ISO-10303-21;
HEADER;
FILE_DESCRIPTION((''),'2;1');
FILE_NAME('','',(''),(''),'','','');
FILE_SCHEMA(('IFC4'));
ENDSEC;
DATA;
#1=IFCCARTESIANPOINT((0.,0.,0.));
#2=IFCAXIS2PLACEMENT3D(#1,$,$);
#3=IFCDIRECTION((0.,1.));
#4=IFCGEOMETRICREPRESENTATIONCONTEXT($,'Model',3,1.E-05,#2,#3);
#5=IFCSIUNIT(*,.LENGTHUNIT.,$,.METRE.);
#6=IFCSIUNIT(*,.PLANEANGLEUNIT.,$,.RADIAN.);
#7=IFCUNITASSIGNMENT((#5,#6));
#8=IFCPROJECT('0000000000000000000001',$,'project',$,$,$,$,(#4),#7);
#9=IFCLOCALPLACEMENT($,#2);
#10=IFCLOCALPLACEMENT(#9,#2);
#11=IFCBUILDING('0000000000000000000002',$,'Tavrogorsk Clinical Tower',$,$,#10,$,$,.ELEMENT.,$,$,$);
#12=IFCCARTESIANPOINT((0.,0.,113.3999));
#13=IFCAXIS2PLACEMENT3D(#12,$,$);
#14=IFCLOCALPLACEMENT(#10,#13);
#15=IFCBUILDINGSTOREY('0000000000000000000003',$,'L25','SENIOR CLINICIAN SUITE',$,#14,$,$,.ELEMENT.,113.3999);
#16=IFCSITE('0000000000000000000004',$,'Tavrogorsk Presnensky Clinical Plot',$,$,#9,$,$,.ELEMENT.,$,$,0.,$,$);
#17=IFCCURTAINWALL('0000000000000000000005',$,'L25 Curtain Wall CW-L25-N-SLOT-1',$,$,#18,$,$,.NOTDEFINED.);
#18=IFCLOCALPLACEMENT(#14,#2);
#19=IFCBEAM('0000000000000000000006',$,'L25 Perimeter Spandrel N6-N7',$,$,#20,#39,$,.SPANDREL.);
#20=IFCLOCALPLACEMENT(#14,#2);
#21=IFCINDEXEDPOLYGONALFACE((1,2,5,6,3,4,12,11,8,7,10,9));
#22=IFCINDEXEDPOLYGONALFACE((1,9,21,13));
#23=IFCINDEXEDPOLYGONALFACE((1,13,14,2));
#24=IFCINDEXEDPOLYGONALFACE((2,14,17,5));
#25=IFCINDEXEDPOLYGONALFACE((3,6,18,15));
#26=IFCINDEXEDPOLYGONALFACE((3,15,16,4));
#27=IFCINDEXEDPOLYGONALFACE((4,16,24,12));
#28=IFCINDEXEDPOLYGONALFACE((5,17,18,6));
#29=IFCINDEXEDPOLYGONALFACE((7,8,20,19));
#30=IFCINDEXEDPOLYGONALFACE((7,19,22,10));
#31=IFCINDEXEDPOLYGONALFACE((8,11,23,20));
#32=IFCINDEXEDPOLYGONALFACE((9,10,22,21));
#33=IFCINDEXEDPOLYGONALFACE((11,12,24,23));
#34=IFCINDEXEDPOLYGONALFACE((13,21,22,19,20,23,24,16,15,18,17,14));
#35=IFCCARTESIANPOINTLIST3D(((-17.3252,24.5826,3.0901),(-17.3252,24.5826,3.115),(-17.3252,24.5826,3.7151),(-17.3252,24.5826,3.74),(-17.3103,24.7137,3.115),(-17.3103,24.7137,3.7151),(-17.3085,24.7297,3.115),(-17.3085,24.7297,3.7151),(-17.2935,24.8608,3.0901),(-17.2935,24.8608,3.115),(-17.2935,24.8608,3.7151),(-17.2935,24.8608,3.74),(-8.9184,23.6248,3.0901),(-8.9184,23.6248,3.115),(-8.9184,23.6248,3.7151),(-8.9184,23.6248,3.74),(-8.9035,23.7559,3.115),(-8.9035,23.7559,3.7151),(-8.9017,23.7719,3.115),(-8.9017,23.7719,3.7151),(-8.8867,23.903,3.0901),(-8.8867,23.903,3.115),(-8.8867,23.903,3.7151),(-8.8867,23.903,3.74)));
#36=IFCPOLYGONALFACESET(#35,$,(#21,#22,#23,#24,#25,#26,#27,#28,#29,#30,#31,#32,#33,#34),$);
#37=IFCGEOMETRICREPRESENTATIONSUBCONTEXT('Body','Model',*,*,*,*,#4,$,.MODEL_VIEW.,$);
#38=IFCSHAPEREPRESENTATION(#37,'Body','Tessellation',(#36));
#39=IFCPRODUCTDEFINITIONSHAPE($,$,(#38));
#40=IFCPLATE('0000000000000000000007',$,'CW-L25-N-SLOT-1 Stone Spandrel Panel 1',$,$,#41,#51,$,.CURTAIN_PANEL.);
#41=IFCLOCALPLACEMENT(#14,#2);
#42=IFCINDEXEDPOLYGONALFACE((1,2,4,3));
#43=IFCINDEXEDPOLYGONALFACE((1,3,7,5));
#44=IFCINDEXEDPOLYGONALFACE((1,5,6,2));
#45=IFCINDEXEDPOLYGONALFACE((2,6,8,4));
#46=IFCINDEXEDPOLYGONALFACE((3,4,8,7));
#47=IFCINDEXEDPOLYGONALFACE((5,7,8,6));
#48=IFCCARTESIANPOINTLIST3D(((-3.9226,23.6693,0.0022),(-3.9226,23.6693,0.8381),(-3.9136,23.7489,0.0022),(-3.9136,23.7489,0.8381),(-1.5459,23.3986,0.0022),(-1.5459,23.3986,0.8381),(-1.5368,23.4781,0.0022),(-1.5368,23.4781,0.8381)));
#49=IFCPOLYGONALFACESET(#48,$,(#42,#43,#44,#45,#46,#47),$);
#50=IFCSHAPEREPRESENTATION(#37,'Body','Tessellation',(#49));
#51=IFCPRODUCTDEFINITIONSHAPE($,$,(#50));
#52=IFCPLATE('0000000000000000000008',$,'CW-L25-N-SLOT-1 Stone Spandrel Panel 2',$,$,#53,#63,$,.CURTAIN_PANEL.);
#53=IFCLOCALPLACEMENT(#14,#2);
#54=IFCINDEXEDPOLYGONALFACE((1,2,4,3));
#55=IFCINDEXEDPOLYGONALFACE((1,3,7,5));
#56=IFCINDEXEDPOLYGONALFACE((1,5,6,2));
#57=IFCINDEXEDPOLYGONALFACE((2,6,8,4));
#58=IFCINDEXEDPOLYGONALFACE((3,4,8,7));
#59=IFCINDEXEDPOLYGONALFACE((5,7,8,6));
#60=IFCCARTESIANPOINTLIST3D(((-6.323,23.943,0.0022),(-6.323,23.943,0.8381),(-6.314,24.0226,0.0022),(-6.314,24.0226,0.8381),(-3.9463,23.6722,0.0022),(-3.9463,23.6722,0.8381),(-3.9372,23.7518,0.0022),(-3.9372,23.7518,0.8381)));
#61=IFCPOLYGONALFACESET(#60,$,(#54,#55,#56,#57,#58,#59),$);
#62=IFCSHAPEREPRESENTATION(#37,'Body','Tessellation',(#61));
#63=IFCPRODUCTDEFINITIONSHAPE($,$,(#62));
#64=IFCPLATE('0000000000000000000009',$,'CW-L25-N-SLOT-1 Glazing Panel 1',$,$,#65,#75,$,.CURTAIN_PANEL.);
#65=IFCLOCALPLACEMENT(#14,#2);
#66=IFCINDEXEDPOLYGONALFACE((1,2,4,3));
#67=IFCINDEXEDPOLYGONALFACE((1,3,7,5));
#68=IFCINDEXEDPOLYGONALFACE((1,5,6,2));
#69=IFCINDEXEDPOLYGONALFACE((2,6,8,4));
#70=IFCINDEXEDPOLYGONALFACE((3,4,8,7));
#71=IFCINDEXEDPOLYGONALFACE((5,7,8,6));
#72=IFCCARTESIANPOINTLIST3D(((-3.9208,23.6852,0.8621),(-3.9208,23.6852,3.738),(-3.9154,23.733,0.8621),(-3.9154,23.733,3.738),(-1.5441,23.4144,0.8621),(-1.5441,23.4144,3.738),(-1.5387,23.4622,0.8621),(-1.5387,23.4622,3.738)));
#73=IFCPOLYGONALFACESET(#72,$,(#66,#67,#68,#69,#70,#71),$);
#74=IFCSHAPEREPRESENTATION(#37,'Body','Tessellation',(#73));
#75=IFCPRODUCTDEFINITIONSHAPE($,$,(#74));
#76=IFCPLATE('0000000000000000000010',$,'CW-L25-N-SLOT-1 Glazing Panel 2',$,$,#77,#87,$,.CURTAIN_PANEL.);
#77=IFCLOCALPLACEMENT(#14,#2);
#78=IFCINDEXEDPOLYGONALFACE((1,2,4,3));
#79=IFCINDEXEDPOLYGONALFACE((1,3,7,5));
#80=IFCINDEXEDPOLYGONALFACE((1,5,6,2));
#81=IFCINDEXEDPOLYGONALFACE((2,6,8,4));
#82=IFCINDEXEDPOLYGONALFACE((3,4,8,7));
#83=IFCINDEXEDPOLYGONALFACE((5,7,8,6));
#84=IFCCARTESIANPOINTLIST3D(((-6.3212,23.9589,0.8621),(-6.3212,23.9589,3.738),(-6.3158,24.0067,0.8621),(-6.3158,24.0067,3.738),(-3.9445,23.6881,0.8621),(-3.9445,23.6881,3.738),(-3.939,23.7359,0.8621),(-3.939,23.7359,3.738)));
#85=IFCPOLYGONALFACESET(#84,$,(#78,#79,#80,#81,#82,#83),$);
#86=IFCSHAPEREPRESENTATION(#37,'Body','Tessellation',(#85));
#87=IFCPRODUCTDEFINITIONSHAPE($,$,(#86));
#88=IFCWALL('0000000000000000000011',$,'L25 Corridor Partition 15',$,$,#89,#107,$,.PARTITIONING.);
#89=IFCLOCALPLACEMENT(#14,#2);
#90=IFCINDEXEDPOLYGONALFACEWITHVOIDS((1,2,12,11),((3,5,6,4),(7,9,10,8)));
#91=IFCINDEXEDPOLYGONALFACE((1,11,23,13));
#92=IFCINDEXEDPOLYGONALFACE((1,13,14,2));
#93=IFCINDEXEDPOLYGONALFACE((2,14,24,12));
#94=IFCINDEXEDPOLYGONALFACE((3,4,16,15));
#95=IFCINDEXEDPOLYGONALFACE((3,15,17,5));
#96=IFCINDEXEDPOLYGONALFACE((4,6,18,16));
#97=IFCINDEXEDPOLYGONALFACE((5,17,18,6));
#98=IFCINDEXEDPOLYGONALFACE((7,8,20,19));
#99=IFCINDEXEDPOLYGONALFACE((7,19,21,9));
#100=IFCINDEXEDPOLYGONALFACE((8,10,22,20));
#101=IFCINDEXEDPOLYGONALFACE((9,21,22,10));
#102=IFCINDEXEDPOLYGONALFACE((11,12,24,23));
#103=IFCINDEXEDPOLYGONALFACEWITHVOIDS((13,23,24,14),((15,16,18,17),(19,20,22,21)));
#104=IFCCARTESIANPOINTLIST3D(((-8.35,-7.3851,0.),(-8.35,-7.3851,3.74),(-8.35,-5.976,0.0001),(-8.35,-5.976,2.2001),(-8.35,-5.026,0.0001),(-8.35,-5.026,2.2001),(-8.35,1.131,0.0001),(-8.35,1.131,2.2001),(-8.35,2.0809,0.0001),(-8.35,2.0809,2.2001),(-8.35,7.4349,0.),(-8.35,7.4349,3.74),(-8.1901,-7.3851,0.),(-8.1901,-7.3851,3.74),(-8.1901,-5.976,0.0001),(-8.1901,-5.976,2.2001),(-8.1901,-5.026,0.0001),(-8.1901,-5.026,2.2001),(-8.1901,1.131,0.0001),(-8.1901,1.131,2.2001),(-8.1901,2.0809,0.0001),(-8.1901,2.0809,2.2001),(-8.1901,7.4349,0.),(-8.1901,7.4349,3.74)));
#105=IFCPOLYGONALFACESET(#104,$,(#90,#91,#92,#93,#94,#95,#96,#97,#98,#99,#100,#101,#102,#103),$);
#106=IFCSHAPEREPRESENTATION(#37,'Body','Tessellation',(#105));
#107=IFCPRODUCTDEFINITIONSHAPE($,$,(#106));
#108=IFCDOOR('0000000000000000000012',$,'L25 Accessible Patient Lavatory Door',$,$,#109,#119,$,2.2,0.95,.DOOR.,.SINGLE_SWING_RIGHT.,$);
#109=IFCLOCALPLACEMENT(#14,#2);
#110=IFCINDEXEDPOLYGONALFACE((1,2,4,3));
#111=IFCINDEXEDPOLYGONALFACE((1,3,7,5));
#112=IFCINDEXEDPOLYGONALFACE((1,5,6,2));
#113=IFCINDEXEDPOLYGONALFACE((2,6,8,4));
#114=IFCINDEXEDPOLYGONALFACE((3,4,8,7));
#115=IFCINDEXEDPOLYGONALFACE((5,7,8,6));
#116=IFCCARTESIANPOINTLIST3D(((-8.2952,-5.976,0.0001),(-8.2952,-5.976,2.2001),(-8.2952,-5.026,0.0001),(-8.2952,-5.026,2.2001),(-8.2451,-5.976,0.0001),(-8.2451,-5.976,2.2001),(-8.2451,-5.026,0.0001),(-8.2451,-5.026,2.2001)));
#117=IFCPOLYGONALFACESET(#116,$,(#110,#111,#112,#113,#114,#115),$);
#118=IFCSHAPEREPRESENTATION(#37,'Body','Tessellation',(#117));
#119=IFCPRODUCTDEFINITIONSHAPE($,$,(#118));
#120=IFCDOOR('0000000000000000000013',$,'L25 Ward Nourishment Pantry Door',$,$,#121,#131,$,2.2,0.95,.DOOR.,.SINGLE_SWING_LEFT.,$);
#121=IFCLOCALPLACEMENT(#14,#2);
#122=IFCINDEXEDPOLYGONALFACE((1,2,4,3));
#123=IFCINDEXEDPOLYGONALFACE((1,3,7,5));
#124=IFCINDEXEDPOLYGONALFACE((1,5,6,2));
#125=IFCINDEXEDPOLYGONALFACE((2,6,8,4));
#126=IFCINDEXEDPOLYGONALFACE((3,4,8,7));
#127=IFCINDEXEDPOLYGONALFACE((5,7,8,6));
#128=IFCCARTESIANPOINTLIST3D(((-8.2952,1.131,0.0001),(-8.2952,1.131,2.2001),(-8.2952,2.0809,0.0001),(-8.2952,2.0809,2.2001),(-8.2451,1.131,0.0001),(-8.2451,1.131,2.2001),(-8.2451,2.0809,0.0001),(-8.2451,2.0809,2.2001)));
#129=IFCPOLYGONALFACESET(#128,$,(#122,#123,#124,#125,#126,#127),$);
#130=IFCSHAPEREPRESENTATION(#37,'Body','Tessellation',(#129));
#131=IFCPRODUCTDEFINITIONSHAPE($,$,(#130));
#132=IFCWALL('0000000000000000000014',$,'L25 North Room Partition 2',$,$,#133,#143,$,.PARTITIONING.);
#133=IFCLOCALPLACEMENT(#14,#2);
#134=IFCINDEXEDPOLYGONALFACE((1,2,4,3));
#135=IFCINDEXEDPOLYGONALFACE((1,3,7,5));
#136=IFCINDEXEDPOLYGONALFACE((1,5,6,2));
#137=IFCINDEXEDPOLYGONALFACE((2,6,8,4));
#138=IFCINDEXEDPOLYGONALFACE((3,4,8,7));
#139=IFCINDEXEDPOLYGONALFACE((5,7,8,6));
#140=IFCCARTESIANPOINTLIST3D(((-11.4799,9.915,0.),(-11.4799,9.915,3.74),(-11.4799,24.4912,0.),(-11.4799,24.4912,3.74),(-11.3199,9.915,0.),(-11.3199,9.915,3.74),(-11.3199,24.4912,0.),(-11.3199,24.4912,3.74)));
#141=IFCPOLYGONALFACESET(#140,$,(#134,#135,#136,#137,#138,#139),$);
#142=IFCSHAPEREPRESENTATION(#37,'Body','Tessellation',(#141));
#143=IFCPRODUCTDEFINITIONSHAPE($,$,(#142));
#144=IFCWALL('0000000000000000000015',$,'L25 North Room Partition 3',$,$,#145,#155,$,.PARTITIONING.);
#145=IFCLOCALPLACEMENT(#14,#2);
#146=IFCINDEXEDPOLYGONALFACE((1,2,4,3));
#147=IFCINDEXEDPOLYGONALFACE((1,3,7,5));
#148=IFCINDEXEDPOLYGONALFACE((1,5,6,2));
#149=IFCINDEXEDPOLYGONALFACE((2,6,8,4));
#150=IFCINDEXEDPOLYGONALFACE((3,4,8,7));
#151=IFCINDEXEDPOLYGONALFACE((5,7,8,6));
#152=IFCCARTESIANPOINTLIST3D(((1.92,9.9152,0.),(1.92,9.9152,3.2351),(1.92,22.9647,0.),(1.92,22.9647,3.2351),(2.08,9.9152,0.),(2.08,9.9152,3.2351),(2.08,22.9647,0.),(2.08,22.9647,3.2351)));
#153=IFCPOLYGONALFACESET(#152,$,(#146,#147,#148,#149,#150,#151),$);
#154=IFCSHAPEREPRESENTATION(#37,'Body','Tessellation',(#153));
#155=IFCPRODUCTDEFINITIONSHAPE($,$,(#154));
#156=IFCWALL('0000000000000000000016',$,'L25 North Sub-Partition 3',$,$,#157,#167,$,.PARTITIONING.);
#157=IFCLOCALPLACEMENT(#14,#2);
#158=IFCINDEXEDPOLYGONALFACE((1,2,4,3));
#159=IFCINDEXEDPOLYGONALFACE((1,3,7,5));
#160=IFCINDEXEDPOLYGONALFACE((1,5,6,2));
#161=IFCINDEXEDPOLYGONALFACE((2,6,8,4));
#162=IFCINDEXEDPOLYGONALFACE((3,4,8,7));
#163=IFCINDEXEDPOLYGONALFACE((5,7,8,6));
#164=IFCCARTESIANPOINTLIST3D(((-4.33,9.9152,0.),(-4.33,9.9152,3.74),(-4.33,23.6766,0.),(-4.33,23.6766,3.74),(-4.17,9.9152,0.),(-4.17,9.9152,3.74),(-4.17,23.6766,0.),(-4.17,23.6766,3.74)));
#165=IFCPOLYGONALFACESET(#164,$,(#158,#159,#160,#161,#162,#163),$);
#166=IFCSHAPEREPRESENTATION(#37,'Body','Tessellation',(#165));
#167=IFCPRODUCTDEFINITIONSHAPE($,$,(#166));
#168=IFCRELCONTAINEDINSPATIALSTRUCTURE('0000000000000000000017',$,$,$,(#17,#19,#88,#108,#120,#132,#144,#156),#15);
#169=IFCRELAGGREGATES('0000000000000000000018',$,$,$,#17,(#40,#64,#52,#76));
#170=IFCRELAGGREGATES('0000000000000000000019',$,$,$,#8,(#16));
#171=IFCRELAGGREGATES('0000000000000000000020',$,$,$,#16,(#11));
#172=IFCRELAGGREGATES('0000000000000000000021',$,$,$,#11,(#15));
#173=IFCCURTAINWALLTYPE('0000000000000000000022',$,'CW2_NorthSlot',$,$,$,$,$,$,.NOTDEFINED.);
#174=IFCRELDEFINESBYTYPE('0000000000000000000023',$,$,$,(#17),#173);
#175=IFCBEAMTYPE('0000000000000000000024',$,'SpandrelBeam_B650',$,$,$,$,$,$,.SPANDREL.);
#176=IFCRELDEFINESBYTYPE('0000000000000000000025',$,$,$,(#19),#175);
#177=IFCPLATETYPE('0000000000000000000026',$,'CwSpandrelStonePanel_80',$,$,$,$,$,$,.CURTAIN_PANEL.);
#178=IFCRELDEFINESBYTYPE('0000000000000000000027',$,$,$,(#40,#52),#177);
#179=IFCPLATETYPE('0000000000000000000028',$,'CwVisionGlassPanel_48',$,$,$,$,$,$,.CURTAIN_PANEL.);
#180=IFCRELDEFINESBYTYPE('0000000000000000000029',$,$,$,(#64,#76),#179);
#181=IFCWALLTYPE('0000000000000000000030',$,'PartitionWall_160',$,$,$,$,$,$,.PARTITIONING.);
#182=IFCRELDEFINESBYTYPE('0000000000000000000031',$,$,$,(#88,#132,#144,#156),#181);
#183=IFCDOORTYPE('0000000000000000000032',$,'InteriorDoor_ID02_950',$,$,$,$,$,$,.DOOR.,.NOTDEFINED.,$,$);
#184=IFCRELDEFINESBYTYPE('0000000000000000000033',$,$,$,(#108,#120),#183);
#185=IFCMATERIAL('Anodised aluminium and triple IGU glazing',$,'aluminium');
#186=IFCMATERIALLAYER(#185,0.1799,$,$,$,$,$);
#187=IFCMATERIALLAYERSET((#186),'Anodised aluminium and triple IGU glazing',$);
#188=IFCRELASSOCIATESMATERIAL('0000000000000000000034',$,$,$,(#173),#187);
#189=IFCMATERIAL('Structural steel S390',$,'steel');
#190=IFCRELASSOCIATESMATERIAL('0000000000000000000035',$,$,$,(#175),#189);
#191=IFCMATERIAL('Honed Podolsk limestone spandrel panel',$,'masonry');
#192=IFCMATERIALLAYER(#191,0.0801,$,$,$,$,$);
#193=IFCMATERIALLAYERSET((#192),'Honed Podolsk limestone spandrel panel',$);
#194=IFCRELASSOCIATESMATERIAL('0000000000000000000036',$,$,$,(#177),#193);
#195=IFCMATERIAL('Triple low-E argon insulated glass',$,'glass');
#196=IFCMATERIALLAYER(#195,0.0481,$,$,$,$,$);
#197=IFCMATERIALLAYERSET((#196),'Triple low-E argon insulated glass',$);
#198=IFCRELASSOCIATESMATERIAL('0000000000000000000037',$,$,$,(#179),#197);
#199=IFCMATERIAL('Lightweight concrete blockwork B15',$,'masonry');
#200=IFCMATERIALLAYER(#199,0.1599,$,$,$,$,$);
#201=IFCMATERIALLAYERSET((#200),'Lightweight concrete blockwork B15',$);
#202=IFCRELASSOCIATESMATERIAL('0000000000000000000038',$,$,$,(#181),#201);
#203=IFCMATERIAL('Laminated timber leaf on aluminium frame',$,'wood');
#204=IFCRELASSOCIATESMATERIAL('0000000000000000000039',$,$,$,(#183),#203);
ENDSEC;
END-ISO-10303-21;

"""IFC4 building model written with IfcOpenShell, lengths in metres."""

from ifc_helpers import new_model, si_unit, direction, frame, frame_2d, origin, origin_2d, place, context, subcontext, project, spatial, rectangle, i_section, extrude, material, layer, layer_set, material_profile, profile_set, type_object, element, fill, aggregate, save


model = new_model("IFC4")

# Units and contexts
model_context = context("Model", 3, precision=1e-05, world=origin(), true_north=direction((0.0, 1.0)))
body_context = subcontext(model_context, "Body", "Model", "MODEL_VIEW")
ifc_project = project(units=[si_unit("LENGTHUNIT", "METRE"), si_unit("PLANEANGLEUNIT", "RADIAN")], contexts=[model_context])

# Site, building, storey
site_placement = place(None, origin())
site = spatial("IfcSite", under=ifc_project, at=site_placement, Name="Tavrogorsk Presnensky Clinical Plot", CompositionType="ELEMENT", RefElevation=0.0)
building_placement = place(site_placement, origin())
building = spatial("IfcBuilding", under=site, at=building_placement, Name="Tavrogorsk Clinical Tower", CompositionType="ELEMENT")
storey_placement = place(building_placement, frame((0.0, 0.0, 113.3999)))
storey = spatial("IfcBuildingStorey", under=building, at=storey_placement, Name="L25", Description="SENIOR CLINICIAN SUITE", CompositionType="ELEMENT", Elevation=113.3999)

# Curtain wall
ifc_material_1 = material(Name="Anodised aluminium and triple IGU glazing", Category="aluminium")
ifc_layer_1 = layer(ifc_material_1, 0.1799)
ifc_layer_set_1 = layer_set([ifc_layer_1], Name="Anodised aluminium and triple IGU glazing")
curtain_wall_type = type_object("IfcCurtainWallType", Name="CW2_NorthSlot", PredefinedType="NOTDEFINED", material=ifc_layer_set_1)
curtain_wall_placement = place(storey_placement, origin())
curtain_wall = element("IfcCurtainWall", 1, at=curtain_wall_placement, inside=storey, type_object=curtain_wall_type, Name="L25 Curtain Wall CW-L25-N-SLOT-1", PredefinedType="NOTDEFINED")

# Beam
ifc_material_2 = material(Name="Structural steel S390", Category="steel")
ifc_material_profile_1 = material_profile(ifc_material_2, i_section(OverallWidth=0.28, OverallDepth=0.6499, WebThickness=0.0161, FlangeThickness=0.0249, at=origin_2d()), Name="B-650x280x16x25")
ifc_profile_set_1 = profile_set([ifc_material_profile_1], Name="Structural steel S390")
beam_type_1 = type_object("IfcBeamType", Name="SpandrelBeam_B650", PredefinedType="SPANDREL", material=ifc_profile_set_1)
beam_1_placement = place(storey_placement, frame((-8.9026, 23.7639, 3.415), z_axis=(-0.993573, 0.113196, 0.0), x_axis=(-0.113196, -0.993573, 0.0)))
element("IfcBeam", 2, at=beam_1_placement, inside=storey, type_object=beam_type_1, Name="L25 Perimeter Spandrel N6-N7", PredefinedType="SPANDREL", context=body_context, shape_type="SweptSolid", body=[
    extrude(i_section(OverallWidth=0.28, OverallDepth=0.6499, WebThickness=0.0161, FlangeThickness=0.0249, at=origin_2d()), origin(), (0.0, 0.0, 1.0), 8.4612),
])

# Plates
ifc_material_3 = material(Name="Honed Podolsk limestone spandrel panel", Category="masonry")
ifc_layer_2 = layer(ifc_material_3, 0.0801)
ifc_layer_set_2 = layer_set([ifc_layer_2], Name="Honed Podolsk limestone spandrel panel")
plate_type_1 = type_object("IfcPlateType", Name="CwSpandrelStonePanel_80", PredefinedType="CURTAIN_PANEL", material=ifc_layer_set_2)
plate_1_placement = place(storey_placement, frame((-2.7297, 23.5737, 0.0022), z_axis=(0.0, 0.0, 1.0), x_axis=(-0.993572, 0.113203, 0.0)))
plate_1 = element("IfcPlate", 3, at=plate_1_placement, type_object=plate_type_1, Name="CW-L25-N-SLOT-1 Stone Spandrel Panel 1", PredefinedType="CURTAIN_PANEL", context=body_context, shape_type="SweptSolid", body=[
    extrude(rectangle(XDim=2.3921, YDim=0.0801, at=origin_2d()), origin(), (0.0, 0.0, 1.0), 0.8359),
])
plate_2_placement = place(storey_placement, frame((-5.1301, 23.8474, 0.0022), z_axis=(0.0, 0.0, 1.0), x_axis=(-0.993572, 0.113203, 0.0)))
plate_2 = element("IfcPlate", 4, at=plate_2_placement, type_object=plate_type_1, Name="CW-L25-N-SLOT-1 Stone Spandrel Panel 2", PredefinedType="CURTAIN_PANEL", context=body_context, shape_type="SweptSolid", body=[
    extrude(rectangle(XDim=2.3921, YDim=0.0801, at=origin_2d()), origin(), (0.0, 0.0, 1.0), 0.8359),
])
ifc_material_4 = material(Name="Triple low-E argon insulated glass", Category="glass")
ifc_layer_3 = layer(ifc_material_4, 0.0481)
ifc_layer_set_3 = layer_set([ifc_layer_3], Name="Triple low-E argon insulated glass")
plate_type_2 = type_object("IfcPlateType", Name="CwVisionGlassPanel_48", PredefinedType="CURTAIN_PANEL", material=ifc_layer_set_3)
plate_3_placement = place(storey_placement, frame((-2.7297, 23.5737, 0.8621), z_axis=(0.0, 0.0, 1.0), x_axis=(-0.993572, 0.113203, 0.0)))
plate_3 = element("IfcPlate", 5, at=plate_3_placement, type_object=plate_type_2, Name="CW-L25-N-SLOT-1 Glazing Panel 1", PredefinedType="CURTAIN_PANEL", context=body_context, shape_type="SweptSolid", body=[
    extrude(rectangle(XDim=2.3921, YDim=0.0481, at=origin_2d()), origin(), (0.0, 0.0, 1.0), 2.876),
])
plate_4_placement = place(storey_placement, frame((-5.1301, 23.8474, 0.8621), z_axis=(0.0, 0.0, 1.0), x_axis=(-0.993572, 0.113203, 0.0)))
plate_4 = element("IfcPlate", 6, at=plate_4_placement, type_object=plate_type_2, Name="CW-L25-N-SLOT-1 Glazing Panel 2", PredefinedType="CURTAIN_PANEL", context=body_context, shape_type="SweptSolid", body=[
    extrude(rectangle(XDim=2.3921, YDim=0.0481, at=origin_2d()), origin(), (0.0, 0.0, 1.0), 2.876),
])
aggregate(curtain_wall, [plate_1, plate_3, plate_2, plate_4])

# Wall, openings, doors
ifc_material_5 = material(Name="Lightweight concrete blockwork B15", Category="masonry")
ifc_layer_4 = layer(ifc_material_5, 0.1599)
ifc_layer_set_4 = layer_set([ifc_layer_4], Name="Lightweight concrete blockwork B15")
wall_type_1 = type_object("IfcWallType", Name="PartitionWall_160", PredefinedType="PARTITIONING", material=ifc_layer_set_4)
wall_1_placement = place(storey_placement, frame((-8.27, 7.4351, 0.0), z_axis=(0.0, 0.0, 1.0), x_axis=(0.0, -1.0, 0.0)))
wall_1 = element("IfcWall", 7, at=wall_1_placement, inside=storey, type_object=wall_type_1, Name="L25 Corridor Partition 15", PredefinedType="PARTITIONING", context=body_context, shape_type="SweptSolid", body=[
    extrude(rectangle(XDim=14.8201, YDim=0.1599, at=frame_2d((7.4102, 0.0))), origin(), (0.0, 0.0, 1.0), 3.74),
])
opening_1_placement = place(wall_1_placement, frame((12.4609, 0.0, 0.0)))
opening_1 = element("IfcOpeningElement", 8, at=opening_1_placement, cuts=wall_1, PredefinedType="OPENING", context=body_context, shape_type="SweptSolid", body=[
    extrude(rectangle(XDim=0.95, YDim=2.2, at=frame_2d((0.4751, 1.1001))), frame((0.0, 0.0898, 0.0), z_axis=(0.0, -1.0, 0.0), x_axis=(1.0, 0.0, 0.0)), (0.0, 0.0, 1.0), 0.1799),
])
opening_2_placement = place(wall_1_placement, frame((5.354, 0.0, 0.0)))
opening_2 = element("IfcOpeningElement", 9, at=opening_2_placement, cuts=wall_1, PredefinedType="OPENING", context=body_context, shape_type="SweptSolid", body=[
    extrude(rectangle(XDim=0.95, YDim=2.2, at=frame_2d((0.4751, 1.1001))), frame((0.0, 0.0898, 0.0), z_axis=(0.0, -1.0, 0.0), x_axis=(1.0, 0.0, 0.0)), (0.0, 0.0, 1.0), 0.1799),
])
ifc_material_6 = material(Name="Laminated timber leaf on aluminium frame", Category="wood")
door_type = type_object("IfcDoorType", Name="InteriorDoor_ID02_950", OperationType="NOTDEFINED", PredefinedType="DOOR", material=ifc_material_6)
door_1_placement = place(opening_1_placement, origin())
door_1 = element("IfcDoor", 10, at=door_1_placement, inside=storey, type_object=door_type, Name="L25 Accessible Patient Lavatory Door", OperationType="SINGLE_SWING_RIGHT", OverallHeight=2.2, OverallWidth=0.95, PredefinedType="DOOR", context=body_context, shape_type="SweptSolid", body=[
    extrude(rectangle(XDim=0.95, YDim=2.2, at=frame_2d((0.4751, 1.1001))), frame((0.0, 0.0249, 0.0), z_axis=(0.0, -1.0, 0.0), x_axis=(1.0, 0.0, 0.0)), (0.0, 0.0, 1.0), 0.05),
])
fill(opening_1, door_1)
door_2_placement = place(opening_2_placement, origin())
door_2 = element("IfcDoor", 11, at=door_2_placement, inside=storey, type_object=door_type, Name="L25 Ward Nourishment Pantry Door", OperationType="SINGLE_SWING_LEFT", OverallHeight=2.2, OverallWidth=0.95, PredefinedType="DOOR", context=body_context, shape_type="SweptSolid", body=[
    extrude(rectangle(XDim=0.95, YDim=2.2, at=frame_2d((0.4751, 1.1001))), frame((0.0, 0.0249, 0.0), z_axis=(0.0, -1.0, 0.0), x_axis=(1.0, 0.0, 0.0)), (0.0, 0.0, 1.0), 0.05),
])
fill(opening_2, door_2)

# Walls
wall_2_placement = place(storey_placement, frame((-11.3999, 9.915, 0.0), z_axis=(0.0, 0.0, 1.0), x_axis=(0.0, 1.0, 0.0)))
element("IfcWall", 12, at=wall_2_placement, inside=storey, type_object=wall_type_1, Name="L25 North Room Partition 2", PredefinedType="PARTITIONING", context=body_context, shape_type="SweptSolid", body=[
    extrude(rectangle(XDim=14.5762, YDim=0.1599, at=frame_2d((7.2881, 0.0))), origin(), (0.0, 0.0, 1.0), 3.74),
])
wall_3_placement = place(storey_placement, frame((2.0, 9.915, 0.0), z_axis=(0.0, 0.0, 1.0), x_axis=(0.0, 1.0, 0.0)))
element("IfcWall", 13, at=wall_3_placement, inside=storey, type_object=wall_type_1, Name="L25 North Room Partition 3", PredefinedType="PARTITIONING", context=body_context, shape_type="SweptSolid", body=[
    extrude(rectangle(XDim=13.0496, YDim=0.1599, at=frame_2d((6.5249, 0.0))), origin(), (0.0, 0.0, 1.0), 3.2351),
])
wall_4_placement = place(storey_placement, frame((-4.25, 9.915, 0.0), z_axis=(0.0, 0.0, 1.0), x_axis=(0.0, 1.0, 0.0)))
element("IfcWall", 14, at=wall_4_placement, inside=storey, type_object=wall_type_1, Name="L25 North Sub-Partition 3", PredefinedType="PARTITIONING", context=body_context, shape_type="SweptSolid", body=[
    extrude(rectangle(XDim=13.7615, YDim=0.1599, at=frame_2d((6.8809, 0.0))), origin(), (0.0, 0.0, 1.0), 3.74),
])

save(model, "model.ifc")
